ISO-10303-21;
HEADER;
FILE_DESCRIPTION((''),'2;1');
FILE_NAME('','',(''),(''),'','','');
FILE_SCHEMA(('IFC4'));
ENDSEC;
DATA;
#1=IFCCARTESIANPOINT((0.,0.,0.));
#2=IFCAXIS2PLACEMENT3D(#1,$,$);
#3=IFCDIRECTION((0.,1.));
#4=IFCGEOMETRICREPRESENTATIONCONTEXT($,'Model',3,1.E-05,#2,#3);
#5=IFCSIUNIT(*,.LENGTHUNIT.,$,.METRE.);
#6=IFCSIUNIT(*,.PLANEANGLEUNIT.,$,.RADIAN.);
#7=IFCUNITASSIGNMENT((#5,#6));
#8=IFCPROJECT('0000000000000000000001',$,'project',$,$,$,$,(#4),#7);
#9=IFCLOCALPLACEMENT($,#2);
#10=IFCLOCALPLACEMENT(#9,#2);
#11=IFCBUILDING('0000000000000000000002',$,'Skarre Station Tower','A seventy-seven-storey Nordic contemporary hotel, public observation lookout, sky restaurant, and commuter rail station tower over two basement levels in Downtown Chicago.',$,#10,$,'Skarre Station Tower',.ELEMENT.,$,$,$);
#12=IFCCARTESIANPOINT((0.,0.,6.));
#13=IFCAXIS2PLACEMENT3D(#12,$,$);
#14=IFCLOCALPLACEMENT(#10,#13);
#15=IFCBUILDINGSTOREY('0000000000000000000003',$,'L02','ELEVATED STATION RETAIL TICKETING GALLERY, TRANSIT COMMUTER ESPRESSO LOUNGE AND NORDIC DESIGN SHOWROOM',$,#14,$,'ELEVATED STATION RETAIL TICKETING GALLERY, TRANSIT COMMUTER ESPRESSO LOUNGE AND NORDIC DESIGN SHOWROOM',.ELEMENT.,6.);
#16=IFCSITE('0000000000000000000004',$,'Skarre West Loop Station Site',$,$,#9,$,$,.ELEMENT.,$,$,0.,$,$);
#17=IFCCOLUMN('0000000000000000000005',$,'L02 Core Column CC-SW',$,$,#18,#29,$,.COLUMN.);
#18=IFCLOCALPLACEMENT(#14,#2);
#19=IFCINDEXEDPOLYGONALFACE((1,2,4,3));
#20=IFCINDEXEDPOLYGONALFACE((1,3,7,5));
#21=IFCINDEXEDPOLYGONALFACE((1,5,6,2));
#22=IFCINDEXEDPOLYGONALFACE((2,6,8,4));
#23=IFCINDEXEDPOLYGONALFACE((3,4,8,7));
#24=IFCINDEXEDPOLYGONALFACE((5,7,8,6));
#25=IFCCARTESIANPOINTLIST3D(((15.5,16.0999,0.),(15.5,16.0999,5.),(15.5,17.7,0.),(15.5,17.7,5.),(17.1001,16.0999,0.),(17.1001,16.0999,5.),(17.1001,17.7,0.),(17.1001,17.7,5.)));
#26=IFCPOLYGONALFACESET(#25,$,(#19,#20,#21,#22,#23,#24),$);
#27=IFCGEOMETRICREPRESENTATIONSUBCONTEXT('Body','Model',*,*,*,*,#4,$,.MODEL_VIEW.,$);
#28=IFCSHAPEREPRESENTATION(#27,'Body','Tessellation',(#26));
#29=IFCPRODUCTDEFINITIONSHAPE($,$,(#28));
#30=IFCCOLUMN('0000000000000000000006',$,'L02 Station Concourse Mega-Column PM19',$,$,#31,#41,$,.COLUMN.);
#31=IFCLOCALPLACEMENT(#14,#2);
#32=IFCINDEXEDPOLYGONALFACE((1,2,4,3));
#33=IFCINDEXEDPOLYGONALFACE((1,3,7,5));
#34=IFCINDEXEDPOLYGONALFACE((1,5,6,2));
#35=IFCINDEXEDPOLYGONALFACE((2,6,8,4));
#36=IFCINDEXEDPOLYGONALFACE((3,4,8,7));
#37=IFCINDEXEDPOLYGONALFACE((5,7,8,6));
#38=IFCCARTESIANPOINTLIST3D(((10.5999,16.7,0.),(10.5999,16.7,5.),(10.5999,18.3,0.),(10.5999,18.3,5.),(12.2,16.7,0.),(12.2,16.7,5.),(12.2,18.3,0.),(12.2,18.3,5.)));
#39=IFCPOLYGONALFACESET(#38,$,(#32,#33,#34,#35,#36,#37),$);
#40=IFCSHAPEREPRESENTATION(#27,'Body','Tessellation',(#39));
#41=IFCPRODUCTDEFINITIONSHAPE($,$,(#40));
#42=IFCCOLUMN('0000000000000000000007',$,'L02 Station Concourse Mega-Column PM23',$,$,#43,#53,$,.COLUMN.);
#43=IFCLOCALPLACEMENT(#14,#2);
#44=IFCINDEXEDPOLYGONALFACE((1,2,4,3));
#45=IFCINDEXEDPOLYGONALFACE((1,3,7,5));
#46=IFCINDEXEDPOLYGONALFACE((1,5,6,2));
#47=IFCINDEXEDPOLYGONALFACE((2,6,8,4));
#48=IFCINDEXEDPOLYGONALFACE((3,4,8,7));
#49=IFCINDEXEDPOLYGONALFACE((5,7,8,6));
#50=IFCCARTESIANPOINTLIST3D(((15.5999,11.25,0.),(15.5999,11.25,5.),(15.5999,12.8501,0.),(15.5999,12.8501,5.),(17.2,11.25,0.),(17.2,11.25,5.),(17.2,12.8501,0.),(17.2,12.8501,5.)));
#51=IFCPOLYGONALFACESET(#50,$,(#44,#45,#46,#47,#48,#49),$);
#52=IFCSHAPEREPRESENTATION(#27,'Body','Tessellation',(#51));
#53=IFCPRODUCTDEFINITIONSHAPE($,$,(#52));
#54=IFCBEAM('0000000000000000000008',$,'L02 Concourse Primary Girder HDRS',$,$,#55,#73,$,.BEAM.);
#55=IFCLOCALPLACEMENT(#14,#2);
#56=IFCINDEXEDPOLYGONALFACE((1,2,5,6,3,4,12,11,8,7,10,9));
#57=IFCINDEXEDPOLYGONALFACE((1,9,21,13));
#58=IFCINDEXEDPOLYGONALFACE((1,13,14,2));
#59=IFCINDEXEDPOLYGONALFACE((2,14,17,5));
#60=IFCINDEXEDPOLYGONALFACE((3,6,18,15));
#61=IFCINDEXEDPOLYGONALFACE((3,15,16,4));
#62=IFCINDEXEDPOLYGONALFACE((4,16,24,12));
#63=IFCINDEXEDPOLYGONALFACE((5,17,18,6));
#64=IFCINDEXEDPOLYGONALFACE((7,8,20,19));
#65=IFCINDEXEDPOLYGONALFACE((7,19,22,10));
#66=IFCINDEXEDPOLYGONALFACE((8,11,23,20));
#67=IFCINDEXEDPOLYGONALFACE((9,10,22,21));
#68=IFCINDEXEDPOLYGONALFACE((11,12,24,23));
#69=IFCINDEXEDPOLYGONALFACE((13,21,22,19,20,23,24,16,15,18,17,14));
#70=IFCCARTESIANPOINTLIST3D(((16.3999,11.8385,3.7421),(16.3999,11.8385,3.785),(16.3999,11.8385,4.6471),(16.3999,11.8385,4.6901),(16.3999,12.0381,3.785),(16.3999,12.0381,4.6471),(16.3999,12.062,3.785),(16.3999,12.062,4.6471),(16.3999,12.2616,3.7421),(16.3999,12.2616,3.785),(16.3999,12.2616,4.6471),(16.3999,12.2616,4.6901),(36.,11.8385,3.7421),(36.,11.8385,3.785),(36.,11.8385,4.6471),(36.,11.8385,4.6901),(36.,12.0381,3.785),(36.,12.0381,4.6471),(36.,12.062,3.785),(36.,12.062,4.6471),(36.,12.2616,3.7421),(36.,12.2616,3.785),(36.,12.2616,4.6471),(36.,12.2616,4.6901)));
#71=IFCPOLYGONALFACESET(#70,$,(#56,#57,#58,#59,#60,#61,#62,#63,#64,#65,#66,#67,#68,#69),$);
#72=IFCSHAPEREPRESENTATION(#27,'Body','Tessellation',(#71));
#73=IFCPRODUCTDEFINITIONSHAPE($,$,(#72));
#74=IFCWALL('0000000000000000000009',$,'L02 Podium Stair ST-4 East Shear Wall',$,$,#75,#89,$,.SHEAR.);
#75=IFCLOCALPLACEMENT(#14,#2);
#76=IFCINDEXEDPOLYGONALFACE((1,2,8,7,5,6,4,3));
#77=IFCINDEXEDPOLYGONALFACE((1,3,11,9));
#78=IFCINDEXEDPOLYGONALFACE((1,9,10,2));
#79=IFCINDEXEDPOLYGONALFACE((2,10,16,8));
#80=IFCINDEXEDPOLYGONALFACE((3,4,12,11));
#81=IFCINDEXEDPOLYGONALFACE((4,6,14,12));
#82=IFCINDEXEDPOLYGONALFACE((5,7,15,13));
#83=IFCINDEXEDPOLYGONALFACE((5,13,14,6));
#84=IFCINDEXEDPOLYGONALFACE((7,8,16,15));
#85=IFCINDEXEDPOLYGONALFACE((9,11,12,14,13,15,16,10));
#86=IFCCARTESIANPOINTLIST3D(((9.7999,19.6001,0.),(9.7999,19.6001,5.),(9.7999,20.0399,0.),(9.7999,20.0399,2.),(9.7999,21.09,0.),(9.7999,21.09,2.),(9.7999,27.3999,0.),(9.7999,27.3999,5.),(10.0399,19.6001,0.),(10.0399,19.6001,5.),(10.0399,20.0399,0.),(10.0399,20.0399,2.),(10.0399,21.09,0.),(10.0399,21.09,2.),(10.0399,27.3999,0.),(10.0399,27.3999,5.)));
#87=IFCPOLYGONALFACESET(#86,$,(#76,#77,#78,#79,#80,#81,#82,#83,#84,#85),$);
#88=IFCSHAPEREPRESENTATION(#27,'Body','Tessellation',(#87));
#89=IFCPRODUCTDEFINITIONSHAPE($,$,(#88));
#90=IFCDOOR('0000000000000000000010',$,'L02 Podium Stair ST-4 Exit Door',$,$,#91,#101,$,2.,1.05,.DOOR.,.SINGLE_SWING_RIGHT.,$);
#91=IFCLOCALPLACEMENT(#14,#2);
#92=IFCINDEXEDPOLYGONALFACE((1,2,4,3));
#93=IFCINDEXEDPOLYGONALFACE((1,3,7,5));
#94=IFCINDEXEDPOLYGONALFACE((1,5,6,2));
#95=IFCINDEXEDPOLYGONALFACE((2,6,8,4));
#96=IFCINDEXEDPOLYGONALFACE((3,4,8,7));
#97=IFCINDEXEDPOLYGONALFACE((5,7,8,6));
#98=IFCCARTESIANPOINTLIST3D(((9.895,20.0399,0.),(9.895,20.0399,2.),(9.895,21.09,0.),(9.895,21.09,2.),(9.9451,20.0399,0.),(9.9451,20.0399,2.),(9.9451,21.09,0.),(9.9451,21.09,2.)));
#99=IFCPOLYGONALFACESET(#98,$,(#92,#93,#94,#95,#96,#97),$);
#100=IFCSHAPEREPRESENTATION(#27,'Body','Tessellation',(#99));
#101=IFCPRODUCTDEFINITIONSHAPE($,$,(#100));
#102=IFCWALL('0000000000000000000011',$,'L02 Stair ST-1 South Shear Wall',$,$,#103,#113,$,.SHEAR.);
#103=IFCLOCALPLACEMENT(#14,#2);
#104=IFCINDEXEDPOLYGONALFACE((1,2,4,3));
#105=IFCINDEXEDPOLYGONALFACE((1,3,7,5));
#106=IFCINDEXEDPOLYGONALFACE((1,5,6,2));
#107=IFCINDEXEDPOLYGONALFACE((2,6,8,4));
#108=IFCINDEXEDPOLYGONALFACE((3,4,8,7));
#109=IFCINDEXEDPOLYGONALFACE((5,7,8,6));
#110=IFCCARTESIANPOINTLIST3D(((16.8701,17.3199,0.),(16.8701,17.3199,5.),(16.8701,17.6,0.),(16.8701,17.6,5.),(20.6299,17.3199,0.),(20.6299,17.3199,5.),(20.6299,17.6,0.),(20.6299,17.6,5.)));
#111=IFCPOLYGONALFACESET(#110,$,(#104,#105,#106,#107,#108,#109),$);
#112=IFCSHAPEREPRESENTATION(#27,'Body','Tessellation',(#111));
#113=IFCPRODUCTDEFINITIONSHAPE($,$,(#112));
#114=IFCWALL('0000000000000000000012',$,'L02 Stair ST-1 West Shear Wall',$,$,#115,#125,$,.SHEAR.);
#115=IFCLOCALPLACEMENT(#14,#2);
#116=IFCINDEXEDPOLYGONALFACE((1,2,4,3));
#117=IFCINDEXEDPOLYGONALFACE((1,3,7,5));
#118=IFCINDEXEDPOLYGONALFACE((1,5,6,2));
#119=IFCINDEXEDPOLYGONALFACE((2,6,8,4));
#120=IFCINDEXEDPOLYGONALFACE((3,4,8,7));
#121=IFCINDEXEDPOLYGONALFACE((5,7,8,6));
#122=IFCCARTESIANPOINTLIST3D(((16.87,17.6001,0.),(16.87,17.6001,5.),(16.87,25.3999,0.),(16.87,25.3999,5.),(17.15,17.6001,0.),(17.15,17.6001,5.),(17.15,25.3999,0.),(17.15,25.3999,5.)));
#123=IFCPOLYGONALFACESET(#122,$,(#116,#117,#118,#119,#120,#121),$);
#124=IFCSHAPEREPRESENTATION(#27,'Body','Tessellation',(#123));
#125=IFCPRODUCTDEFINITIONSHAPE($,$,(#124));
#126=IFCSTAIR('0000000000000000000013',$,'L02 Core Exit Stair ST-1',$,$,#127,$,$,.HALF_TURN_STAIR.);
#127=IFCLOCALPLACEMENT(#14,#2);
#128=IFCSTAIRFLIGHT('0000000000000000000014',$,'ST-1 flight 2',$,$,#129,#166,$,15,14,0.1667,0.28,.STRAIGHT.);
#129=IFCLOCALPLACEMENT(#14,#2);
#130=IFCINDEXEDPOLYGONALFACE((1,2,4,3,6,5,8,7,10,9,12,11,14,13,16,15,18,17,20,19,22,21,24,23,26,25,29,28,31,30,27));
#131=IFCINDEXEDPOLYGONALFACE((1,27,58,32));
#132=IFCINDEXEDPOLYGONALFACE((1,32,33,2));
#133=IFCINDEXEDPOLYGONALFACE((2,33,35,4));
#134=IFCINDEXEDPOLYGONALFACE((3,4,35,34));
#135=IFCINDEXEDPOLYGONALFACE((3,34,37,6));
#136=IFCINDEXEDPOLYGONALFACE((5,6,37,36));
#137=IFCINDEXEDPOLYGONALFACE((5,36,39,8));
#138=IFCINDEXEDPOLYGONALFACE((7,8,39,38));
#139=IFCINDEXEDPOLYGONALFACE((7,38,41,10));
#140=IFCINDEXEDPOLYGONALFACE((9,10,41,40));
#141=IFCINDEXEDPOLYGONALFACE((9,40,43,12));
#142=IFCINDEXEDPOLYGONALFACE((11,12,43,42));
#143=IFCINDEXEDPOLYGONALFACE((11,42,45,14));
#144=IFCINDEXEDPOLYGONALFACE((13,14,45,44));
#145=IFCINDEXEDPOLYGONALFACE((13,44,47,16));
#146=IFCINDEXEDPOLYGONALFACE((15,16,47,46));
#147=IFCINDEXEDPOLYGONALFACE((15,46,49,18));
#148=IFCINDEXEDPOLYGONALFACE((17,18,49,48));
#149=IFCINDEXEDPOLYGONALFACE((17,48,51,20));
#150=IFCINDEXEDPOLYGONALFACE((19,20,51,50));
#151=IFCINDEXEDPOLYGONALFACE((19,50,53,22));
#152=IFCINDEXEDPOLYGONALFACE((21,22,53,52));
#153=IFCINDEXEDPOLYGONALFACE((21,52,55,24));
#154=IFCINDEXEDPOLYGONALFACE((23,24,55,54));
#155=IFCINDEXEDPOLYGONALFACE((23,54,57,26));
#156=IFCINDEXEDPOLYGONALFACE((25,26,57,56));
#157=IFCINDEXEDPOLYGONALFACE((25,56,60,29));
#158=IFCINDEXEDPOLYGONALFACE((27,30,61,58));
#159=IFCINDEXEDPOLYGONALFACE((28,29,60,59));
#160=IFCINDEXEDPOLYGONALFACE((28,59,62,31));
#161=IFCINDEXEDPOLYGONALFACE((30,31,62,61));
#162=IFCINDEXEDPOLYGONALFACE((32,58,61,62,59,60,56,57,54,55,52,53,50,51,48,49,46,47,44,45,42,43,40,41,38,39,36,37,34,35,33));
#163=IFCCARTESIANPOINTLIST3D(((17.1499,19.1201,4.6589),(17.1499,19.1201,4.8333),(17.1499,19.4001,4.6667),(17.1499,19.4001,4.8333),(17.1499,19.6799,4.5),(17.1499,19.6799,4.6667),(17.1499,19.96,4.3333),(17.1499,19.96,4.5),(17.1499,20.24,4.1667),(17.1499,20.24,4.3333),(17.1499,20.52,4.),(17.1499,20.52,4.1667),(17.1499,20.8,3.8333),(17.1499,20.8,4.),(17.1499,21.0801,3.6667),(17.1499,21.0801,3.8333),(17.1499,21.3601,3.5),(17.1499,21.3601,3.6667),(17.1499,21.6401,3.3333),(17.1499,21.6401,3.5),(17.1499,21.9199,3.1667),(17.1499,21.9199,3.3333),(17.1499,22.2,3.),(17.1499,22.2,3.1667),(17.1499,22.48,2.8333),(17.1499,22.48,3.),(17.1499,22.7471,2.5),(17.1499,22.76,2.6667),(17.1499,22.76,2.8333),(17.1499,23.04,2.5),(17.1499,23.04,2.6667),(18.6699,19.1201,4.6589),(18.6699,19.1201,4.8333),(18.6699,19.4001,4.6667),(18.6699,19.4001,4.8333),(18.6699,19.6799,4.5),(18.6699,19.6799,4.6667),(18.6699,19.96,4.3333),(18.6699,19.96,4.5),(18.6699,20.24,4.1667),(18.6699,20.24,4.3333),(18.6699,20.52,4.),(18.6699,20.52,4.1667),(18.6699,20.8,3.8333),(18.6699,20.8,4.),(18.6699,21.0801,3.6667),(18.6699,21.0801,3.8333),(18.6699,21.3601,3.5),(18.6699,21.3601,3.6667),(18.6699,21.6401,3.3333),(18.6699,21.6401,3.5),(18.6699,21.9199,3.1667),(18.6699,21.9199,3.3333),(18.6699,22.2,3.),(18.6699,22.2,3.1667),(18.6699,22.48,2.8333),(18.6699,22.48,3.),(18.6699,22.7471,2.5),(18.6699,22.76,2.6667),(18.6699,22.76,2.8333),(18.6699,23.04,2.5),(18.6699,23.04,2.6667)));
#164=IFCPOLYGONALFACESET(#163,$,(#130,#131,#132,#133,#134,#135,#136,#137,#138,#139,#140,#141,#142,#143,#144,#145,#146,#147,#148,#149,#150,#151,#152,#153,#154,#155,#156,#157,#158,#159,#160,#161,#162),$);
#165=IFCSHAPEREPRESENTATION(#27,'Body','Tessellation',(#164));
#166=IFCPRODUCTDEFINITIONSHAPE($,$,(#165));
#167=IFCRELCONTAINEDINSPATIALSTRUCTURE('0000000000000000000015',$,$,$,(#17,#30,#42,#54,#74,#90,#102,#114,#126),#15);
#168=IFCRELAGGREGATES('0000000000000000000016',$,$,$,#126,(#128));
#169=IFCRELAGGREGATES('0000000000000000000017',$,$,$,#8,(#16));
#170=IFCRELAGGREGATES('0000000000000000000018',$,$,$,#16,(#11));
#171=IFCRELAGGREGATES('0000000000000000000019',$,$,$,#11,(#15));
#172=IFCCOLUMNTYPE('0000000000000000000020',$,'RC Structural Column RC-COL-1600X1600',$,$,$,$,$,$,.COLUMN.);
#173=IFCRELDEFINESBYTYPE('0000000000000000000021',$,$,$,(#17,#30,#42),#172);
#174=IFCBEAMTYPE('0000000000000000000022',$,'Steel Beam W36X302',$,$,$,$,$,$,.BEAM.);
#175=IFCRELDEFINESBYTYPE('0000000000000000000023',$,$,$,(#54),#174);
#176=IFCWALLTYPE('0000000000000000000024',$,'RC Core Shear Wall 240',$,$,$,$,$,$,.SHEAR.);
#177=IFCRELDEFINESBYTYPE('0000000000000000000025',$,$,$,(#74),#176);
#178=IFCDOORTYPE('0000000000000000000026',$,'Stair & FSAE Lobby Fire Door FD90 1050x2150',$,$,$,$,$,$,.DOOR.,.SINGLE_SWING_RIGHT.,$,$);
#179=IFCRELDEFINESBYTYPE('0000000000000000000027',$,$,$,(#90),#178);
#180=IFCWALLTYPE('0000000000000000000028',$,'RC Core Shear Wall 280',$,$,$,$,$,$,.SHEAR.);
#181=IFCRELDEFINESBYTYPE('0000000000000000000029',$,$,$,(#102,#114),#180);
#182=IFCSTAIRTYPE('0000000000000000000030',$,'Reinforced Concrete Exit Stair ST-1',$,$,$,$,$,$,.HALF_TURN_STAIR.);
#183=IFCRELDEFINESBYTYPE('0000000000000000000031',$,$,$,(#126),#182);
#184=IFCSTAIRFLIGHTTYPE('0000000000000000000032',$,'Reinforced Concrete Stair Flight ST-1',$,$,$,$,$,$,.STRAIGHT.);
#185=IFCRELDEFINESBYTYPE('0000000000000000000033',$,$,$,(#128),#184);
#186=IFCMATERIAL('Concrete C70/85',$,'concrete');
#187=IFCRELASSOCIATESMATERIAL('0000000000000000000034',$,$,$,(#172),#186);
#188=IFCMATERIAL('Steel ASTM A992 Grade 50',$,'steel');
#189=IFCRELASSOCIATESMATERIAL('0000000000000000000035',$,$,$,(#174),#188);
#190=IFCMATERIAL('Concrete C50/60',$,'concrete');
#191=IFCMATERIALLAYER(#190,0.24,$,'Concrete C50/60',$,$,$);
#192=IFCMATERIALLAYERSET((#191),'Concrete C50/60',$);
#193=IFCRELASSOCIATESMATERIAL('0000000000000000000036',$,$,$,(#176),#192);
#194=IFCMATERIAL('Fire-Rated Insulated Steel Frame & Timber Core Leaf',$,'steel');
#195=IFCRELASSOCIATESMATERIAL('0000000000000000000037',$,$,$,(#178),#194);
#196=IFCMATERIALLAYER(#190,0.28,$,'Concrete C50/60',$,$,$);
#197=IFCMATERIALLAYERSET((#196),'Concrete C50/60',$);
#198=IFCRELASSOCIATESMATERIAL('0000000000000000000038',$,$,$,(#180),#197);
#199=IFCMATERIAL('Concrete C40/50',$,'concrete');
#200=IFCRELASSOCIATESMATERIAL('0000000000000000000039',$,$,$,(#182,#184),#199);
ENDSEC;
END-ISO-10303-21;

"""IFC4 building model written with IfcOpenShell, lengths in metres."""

from ifc_helpers import new_model, si_unit, direction, frame, frame_2d, origin, origin_2d, place, context, subcontext, project, spatial, polyline, rectangle, i_section, outline, extrude, material, layer, layer_set, material_profile, profile_set, type_object, element, fill, aggregate, save


model = new_model("IFC4")

# Units and contexts
model_context = context("Model", 3, precision=1e-05, world=origin(), true_north=direction((0.0, 1.0)))
body_context = subcontext(model_context, "Body", "Model", "MODEL_VIEW")
ifc_project = project(units=[si_unit("LENGTHUNIT", "METRE"), si_unit("PLANEANGLEUNIT", "RADIAN")], contexts=[model_context])

# Site, building, storey
site_placement = place(None, origin())
site = spatial("IfcSite", under=ifc_project, at=site_placement, Name="Skarre West Loop Station Site", CompositionType="ELEMENT", RefElevation=0.0)
building_placement = place(site_placement, origin())
building = spatial("IfcBuilding", under=site, at=building_placement, Name="Skarre Station Tower", Description="A seventy-seven-storey Nordic contemporary hotel, public observation lookout, sky restaurant, and commuter rail station tower over two basement levels in Downtown Chicago.", LongName="Skarre Station Tower", CompositionType="ELEMENT")
storey_placement = place(building_placement, frame((0.0, 0.0, 6.0)))
storey = spatial("IfcBuildingStorey", under=building, at=storey_placement, Name="L02", Description="ELEVATED STATION RETAIL TICKETING GALLERY, TRANSIT COMMUTER ESPRESSO LOUNGE AND NORDIC DESIGN SHOWROOM", LongName="ELEVATED STATION RETAIL TICKETING GALLERY, TRANSIT COMMUTER ESPRESSO LOUNGE AND NORDIC DESIGN SHOWROOM", CompositionType="ELEMENT", Elevation=6.0)

# Columns
ifc_material_1 = material(Name="Concrete C70/85", Category="concrete")
ifc_material_profile_1 = material_profile(ifc_material_1, rectangle(XDim=1.6001, YDim=1.6001, at=origin_2d()), Name="Concrete C70/85")
ifc_profile_set_1 = profile_set([ifc_material_profile_1], Name="Concrete C70/85")
column_type = type_object("IfcColumnType", Name="RC Structural Column RC-COL-1600X1600", PredefinedType="COLUMN", material=ifc_profile_set_1)
for number, where, z_axis, x_axis, name in (
    (1, (16.3, 16.8999, 0.0), (0.0, 0.0, 1.0), (1.0, 0.0, 0.0), "L02 Core Column CC-SW"),
    (2, (11.3999, 17.5, 0.0), (0.0, 0.0, 1.0), (1.0, 0.0, 0.0), "L02 Station Concourse Mega-Column PM19"),
    (3, (16.3999, 12.05, 0.0), (0.0, 0.0, 1.0), (1.0, 0.0, 0.0), "L02 Station Concourse Mega-Column PM23"),
):
    element("IfcColumn", number, at=place(storey_placement, frame(where, z_axis=z_axis, x_axis=x_axis)), inside=storey, type_object=column_type, Name=name, PredefinedType="COLUMN", context=body_context, shape_type="SweptSolid", body=[
        extrude(rectangle(XDim=1.6001, YDim=1.6001, at=origin_2d()), origin(), (0.0, 0.0, 1.0), 5.0),
    ])

# Beam
ifc_material_2 = material(Name="Steel ASTM A992 Grade 50", Category="steel")
ifc_material_profile_2 = material_profile(ifc_material_2, i_section(OverallWidth=0.4231, OverallDepth=0.948, WebThickness=0.0239, FlangeThickness=0.043, at=origin_2d()), Name="Steel ASTM A992 Grade 50")
ifc_profile_set_2 = profile_set([ifc_material_profile_2], Name="Steel ASTM A992 Grade 50")
beam_type = type_object("IfcBeamType", Name="Steel Beam W36X302", PredefinedType="BEAM", material=ifc_profile_set_2)
beam_placement = place(storey_placement, frame((16.3999, 12.05, 4.2161), z_axis=(1.0, 0.0, 0.0), x_axis=(0.0, 1.0, 0.0)))
element("IfcBeam", 4, at=beam_placement, inside=storey, type_object=beam_type, Name="L02 Concourse Primary Girder HDRS", PredefinedType="BEAM", context=body_context, shape_type="SweptSolid", body=[
    extrude(i_section(OverallWidth=0.4231, OverallDepth=0.948, WebThickness=0.0239, FlangeThickness=0.043, at=origin_2d()), origin(), (0.0, 0.0, 1.0), 19.6001),
])

# Wall, opening, door
ifc_material_3 = material(Name="Concrete C50/60", Category="concrete")
ifc_layer_1 = layer(ifc_material_3, 0.24, Name="Concrete C50/60")
ifc_layer_set_1 = layer_set([ifc_layer_1], Name="Concrete C50/60")
wall_type_1 = type_object("IfcWallType", Name="RC Core Shear Wall 240", PredefinedType="SHEAR", material=ifc_layer_set_1)
wall_1_placement = place(storey_placement, frame((9.9199, 19.6001, 0.0), z_axis=(0.0, 0.0, 1.0), x_axis=(0.0, 1.0, 0.0)))
wall_1 = element("IfcWall", 5, at=wall_1_placement, inside=storey, type_object=wall_type_1, Name="L02 Podium Stair ST-4 East Shear Wall", PredefinedType="SHEAR", context=body_context, shape_type="SweptSolid", body=[
    extrude(rectangle(XDim=7.7998, YDim=0.24, at=frame_2d((3.8999, 0.0))), origin(), (0.0, 0.0, 1.0), 5.0),
])
opening_placement = place(wall_1_placement, frame((0.4399, 0.0, 0.0)))
opening = element("IfcOpeningElement", 6, at=opening_placement, cuts=wall_1, PredefinedType="OPENING", context=body_context, shape_type="SweptSolid", body=[
    extrude(rectangle(XDim=1.05, YDim=2.0, at=frame_2d((0.5249, 1.0))), frame((0.0, 0.1299, 0.0), z_axis=(0.0, -1.0, 0.0), x_axis=(1.0, 0.0, 0.0)), (0.0, 0.0, 1.0), 0.26),
])
ifc_material_4 = material(Name="Fire-Rated Insulated Steel Frame & Timber Core Leaf", Category="steel")
door_type = type_object("IfcDoorType", Name="Stair & FSAE Lobby Fire Door FD90 1050x2150", OperationType="SINGLE_SWING_RIGHT", PredefinedType="DOOR", material=ifc_material_4)
door_placement = place(opening_placement, origin())
door = element("IfcDoor", 7, at=door_placement, inside=storey, type_object=door_type, Name="L02 Podium Stair ST-4 Exit Door", OperationType="SINGLE_SWING_RIGHT", OverallHeight=2.0, OverallWidth=1.05, PredefinedType="DOOR", context=body_context, shape_type="SweptSolid", body=[
    extrude(rectangle(XDim=1.05, YDim=2.0, at=frame_2d((0.5249, 1.0))), frame((0.0, 0.0249, 0.0), z_axis=(0.0, -1.0, 0.0), x_axis=(1.0, 0.0, 0.0)), (0.0, 0.0, 1.0), 0.05),
])
fill(opening, door)

# Walls
ifc_layer_2 = layer(ifc_material_3, 0.28, Name="Concrete C50/60")
ifc_layer_set_2 = layer_set([ifc_layer_2], Name="Concrete C50/60")
wall_type_2 = type_object("IfcWallType", Name="RC Core Shear Wall 280", PredefinedType="SHEAR", material=ifc_layer_set_2)
wall_2_placement = place(storey_placement, frame((16.8701, 17.46, 0.0), z_axis=(0.0, 0.0, 1.0), x_axis=(1.0, 0.0, 0.0)))
element("IfcWall", 8, at=wall_2_placement, inside=storey, type_object=wall_type_2, Name="L02 Stair ST-1 South Shear Wall", PredefinedType="SHEAR", context=body_context, shape_type="SweptSolid", body=[
    extrude(rectangle(XDim=3.7598, YDim=0.28, at=frame_2d((1.8799, 0.0))), origin(), (0.0, 0.0, 1.0), 5.0),
])
wall_3_placement = place(storey_placement, frame((17.01, 25.3999, 0.0), z_axis=(0.0, 0.0, 1.0), x_axis=(0.0, -1.0, 0.0)))
element("IfcWall", 9, at=wall_3_placement, inside=storey, type_object=wall_type_2, Name="L02 Stair ST-1 West Shear Wall", PredefinedType="SHEAR", context=body_context, shape_type="SweptSolid", body=[
    extrude(rectangle(XDim=7.7998, YDim=0.28, at=frame_2d((3.8999, 0.0))), origin(), (0.0, 0.0, 1.0), 5.0),
])

# Stair, stair flight
ifc_material_5 = material(Name="Concrete C40/50", Category="concrete")
stair_type_1 = type_object("IfcStairType", Name="Reinforced Concrete Exit Stair ST-1", PredefinedType="HALF_TURN_STAIR", material=ifc_material_5)
stair_1_placement = place(storey_placement, origin())
stair_1 = element("IfcStair", 10, at=stair_1_placement, inside=storey, type_object=stair_type_1, Name="L02 Core Exit Stair ST-1", PredefinedType="HALF_TURN_STAIR")
stair_flight_type_1 = type_object("IfcStairFlightType", Name="Reinforced Concrete Stair Flight ST-1", PredefinedType="STRAIGHT", material=ifc_material_5)
stair_flight_1_placement = place(storey_placement, frame((17.9099, 23.04, 2.5), z_axis=(0.0, 0.0, 1.0), x_axis=(0.0, -1.0, 0.0)))
stair_flight_1 = element("IfcStairFlight", 11, at=stair_flight_1_placement, type_object=stair_flight_type_1, Name="ST-1 flight 2", NumberOfRisers=15, NumberOfTreads=14, PredefinedType="STRAIGHT", RiserHeight=0.1667, TreadLength=0.28, context=body_context, shape_type="SweptSolid", body=[
    extrude(outline(polyline([(0.0, 0.0), (0.0, 0.1667), (0.28, 0.1667), (0.28, 0.3333), (0.5601, 0.3333), (0.5601, 0.5), (0.8401, 0.5), (0.8401, 0.6667), (1.1201, 0.6667), (1.1201, 0.8333), (1.3999, 0.8333), (1.3999, 1.0), (1.6799, 1.0), (1.6799, 1.1667), (1.96, 1.1667), (1.96, 1.3333), (2.24, 1.3333), (2.24, 1.5), (2.52, 1.5), (2.52, 1.6667), (2.8, 1.6667), (2.8, 1.8333), (3.0801, 1.8333), (3.0801, 2.0), (3.3601, 2.0), (3.3601, 2.1667), (3.6399, 2.1667), (3.6399, 2.3333), (3.9199, 2.3333), (3.9199, 2.5), (3.9199, 2.1589), (0.293, 0.0), (0.0, 0.0)])), frame((0.0, 0.76, 0.0), z_axis=(0.0, -1.0, 0.0), x_axis=(1.0, 0.0, 0.0)), (0.0, 0.0, 1.0), 1.52),
])
aggregate(stair_1, [stair_flight_1])

save(model, "model.ifc")
